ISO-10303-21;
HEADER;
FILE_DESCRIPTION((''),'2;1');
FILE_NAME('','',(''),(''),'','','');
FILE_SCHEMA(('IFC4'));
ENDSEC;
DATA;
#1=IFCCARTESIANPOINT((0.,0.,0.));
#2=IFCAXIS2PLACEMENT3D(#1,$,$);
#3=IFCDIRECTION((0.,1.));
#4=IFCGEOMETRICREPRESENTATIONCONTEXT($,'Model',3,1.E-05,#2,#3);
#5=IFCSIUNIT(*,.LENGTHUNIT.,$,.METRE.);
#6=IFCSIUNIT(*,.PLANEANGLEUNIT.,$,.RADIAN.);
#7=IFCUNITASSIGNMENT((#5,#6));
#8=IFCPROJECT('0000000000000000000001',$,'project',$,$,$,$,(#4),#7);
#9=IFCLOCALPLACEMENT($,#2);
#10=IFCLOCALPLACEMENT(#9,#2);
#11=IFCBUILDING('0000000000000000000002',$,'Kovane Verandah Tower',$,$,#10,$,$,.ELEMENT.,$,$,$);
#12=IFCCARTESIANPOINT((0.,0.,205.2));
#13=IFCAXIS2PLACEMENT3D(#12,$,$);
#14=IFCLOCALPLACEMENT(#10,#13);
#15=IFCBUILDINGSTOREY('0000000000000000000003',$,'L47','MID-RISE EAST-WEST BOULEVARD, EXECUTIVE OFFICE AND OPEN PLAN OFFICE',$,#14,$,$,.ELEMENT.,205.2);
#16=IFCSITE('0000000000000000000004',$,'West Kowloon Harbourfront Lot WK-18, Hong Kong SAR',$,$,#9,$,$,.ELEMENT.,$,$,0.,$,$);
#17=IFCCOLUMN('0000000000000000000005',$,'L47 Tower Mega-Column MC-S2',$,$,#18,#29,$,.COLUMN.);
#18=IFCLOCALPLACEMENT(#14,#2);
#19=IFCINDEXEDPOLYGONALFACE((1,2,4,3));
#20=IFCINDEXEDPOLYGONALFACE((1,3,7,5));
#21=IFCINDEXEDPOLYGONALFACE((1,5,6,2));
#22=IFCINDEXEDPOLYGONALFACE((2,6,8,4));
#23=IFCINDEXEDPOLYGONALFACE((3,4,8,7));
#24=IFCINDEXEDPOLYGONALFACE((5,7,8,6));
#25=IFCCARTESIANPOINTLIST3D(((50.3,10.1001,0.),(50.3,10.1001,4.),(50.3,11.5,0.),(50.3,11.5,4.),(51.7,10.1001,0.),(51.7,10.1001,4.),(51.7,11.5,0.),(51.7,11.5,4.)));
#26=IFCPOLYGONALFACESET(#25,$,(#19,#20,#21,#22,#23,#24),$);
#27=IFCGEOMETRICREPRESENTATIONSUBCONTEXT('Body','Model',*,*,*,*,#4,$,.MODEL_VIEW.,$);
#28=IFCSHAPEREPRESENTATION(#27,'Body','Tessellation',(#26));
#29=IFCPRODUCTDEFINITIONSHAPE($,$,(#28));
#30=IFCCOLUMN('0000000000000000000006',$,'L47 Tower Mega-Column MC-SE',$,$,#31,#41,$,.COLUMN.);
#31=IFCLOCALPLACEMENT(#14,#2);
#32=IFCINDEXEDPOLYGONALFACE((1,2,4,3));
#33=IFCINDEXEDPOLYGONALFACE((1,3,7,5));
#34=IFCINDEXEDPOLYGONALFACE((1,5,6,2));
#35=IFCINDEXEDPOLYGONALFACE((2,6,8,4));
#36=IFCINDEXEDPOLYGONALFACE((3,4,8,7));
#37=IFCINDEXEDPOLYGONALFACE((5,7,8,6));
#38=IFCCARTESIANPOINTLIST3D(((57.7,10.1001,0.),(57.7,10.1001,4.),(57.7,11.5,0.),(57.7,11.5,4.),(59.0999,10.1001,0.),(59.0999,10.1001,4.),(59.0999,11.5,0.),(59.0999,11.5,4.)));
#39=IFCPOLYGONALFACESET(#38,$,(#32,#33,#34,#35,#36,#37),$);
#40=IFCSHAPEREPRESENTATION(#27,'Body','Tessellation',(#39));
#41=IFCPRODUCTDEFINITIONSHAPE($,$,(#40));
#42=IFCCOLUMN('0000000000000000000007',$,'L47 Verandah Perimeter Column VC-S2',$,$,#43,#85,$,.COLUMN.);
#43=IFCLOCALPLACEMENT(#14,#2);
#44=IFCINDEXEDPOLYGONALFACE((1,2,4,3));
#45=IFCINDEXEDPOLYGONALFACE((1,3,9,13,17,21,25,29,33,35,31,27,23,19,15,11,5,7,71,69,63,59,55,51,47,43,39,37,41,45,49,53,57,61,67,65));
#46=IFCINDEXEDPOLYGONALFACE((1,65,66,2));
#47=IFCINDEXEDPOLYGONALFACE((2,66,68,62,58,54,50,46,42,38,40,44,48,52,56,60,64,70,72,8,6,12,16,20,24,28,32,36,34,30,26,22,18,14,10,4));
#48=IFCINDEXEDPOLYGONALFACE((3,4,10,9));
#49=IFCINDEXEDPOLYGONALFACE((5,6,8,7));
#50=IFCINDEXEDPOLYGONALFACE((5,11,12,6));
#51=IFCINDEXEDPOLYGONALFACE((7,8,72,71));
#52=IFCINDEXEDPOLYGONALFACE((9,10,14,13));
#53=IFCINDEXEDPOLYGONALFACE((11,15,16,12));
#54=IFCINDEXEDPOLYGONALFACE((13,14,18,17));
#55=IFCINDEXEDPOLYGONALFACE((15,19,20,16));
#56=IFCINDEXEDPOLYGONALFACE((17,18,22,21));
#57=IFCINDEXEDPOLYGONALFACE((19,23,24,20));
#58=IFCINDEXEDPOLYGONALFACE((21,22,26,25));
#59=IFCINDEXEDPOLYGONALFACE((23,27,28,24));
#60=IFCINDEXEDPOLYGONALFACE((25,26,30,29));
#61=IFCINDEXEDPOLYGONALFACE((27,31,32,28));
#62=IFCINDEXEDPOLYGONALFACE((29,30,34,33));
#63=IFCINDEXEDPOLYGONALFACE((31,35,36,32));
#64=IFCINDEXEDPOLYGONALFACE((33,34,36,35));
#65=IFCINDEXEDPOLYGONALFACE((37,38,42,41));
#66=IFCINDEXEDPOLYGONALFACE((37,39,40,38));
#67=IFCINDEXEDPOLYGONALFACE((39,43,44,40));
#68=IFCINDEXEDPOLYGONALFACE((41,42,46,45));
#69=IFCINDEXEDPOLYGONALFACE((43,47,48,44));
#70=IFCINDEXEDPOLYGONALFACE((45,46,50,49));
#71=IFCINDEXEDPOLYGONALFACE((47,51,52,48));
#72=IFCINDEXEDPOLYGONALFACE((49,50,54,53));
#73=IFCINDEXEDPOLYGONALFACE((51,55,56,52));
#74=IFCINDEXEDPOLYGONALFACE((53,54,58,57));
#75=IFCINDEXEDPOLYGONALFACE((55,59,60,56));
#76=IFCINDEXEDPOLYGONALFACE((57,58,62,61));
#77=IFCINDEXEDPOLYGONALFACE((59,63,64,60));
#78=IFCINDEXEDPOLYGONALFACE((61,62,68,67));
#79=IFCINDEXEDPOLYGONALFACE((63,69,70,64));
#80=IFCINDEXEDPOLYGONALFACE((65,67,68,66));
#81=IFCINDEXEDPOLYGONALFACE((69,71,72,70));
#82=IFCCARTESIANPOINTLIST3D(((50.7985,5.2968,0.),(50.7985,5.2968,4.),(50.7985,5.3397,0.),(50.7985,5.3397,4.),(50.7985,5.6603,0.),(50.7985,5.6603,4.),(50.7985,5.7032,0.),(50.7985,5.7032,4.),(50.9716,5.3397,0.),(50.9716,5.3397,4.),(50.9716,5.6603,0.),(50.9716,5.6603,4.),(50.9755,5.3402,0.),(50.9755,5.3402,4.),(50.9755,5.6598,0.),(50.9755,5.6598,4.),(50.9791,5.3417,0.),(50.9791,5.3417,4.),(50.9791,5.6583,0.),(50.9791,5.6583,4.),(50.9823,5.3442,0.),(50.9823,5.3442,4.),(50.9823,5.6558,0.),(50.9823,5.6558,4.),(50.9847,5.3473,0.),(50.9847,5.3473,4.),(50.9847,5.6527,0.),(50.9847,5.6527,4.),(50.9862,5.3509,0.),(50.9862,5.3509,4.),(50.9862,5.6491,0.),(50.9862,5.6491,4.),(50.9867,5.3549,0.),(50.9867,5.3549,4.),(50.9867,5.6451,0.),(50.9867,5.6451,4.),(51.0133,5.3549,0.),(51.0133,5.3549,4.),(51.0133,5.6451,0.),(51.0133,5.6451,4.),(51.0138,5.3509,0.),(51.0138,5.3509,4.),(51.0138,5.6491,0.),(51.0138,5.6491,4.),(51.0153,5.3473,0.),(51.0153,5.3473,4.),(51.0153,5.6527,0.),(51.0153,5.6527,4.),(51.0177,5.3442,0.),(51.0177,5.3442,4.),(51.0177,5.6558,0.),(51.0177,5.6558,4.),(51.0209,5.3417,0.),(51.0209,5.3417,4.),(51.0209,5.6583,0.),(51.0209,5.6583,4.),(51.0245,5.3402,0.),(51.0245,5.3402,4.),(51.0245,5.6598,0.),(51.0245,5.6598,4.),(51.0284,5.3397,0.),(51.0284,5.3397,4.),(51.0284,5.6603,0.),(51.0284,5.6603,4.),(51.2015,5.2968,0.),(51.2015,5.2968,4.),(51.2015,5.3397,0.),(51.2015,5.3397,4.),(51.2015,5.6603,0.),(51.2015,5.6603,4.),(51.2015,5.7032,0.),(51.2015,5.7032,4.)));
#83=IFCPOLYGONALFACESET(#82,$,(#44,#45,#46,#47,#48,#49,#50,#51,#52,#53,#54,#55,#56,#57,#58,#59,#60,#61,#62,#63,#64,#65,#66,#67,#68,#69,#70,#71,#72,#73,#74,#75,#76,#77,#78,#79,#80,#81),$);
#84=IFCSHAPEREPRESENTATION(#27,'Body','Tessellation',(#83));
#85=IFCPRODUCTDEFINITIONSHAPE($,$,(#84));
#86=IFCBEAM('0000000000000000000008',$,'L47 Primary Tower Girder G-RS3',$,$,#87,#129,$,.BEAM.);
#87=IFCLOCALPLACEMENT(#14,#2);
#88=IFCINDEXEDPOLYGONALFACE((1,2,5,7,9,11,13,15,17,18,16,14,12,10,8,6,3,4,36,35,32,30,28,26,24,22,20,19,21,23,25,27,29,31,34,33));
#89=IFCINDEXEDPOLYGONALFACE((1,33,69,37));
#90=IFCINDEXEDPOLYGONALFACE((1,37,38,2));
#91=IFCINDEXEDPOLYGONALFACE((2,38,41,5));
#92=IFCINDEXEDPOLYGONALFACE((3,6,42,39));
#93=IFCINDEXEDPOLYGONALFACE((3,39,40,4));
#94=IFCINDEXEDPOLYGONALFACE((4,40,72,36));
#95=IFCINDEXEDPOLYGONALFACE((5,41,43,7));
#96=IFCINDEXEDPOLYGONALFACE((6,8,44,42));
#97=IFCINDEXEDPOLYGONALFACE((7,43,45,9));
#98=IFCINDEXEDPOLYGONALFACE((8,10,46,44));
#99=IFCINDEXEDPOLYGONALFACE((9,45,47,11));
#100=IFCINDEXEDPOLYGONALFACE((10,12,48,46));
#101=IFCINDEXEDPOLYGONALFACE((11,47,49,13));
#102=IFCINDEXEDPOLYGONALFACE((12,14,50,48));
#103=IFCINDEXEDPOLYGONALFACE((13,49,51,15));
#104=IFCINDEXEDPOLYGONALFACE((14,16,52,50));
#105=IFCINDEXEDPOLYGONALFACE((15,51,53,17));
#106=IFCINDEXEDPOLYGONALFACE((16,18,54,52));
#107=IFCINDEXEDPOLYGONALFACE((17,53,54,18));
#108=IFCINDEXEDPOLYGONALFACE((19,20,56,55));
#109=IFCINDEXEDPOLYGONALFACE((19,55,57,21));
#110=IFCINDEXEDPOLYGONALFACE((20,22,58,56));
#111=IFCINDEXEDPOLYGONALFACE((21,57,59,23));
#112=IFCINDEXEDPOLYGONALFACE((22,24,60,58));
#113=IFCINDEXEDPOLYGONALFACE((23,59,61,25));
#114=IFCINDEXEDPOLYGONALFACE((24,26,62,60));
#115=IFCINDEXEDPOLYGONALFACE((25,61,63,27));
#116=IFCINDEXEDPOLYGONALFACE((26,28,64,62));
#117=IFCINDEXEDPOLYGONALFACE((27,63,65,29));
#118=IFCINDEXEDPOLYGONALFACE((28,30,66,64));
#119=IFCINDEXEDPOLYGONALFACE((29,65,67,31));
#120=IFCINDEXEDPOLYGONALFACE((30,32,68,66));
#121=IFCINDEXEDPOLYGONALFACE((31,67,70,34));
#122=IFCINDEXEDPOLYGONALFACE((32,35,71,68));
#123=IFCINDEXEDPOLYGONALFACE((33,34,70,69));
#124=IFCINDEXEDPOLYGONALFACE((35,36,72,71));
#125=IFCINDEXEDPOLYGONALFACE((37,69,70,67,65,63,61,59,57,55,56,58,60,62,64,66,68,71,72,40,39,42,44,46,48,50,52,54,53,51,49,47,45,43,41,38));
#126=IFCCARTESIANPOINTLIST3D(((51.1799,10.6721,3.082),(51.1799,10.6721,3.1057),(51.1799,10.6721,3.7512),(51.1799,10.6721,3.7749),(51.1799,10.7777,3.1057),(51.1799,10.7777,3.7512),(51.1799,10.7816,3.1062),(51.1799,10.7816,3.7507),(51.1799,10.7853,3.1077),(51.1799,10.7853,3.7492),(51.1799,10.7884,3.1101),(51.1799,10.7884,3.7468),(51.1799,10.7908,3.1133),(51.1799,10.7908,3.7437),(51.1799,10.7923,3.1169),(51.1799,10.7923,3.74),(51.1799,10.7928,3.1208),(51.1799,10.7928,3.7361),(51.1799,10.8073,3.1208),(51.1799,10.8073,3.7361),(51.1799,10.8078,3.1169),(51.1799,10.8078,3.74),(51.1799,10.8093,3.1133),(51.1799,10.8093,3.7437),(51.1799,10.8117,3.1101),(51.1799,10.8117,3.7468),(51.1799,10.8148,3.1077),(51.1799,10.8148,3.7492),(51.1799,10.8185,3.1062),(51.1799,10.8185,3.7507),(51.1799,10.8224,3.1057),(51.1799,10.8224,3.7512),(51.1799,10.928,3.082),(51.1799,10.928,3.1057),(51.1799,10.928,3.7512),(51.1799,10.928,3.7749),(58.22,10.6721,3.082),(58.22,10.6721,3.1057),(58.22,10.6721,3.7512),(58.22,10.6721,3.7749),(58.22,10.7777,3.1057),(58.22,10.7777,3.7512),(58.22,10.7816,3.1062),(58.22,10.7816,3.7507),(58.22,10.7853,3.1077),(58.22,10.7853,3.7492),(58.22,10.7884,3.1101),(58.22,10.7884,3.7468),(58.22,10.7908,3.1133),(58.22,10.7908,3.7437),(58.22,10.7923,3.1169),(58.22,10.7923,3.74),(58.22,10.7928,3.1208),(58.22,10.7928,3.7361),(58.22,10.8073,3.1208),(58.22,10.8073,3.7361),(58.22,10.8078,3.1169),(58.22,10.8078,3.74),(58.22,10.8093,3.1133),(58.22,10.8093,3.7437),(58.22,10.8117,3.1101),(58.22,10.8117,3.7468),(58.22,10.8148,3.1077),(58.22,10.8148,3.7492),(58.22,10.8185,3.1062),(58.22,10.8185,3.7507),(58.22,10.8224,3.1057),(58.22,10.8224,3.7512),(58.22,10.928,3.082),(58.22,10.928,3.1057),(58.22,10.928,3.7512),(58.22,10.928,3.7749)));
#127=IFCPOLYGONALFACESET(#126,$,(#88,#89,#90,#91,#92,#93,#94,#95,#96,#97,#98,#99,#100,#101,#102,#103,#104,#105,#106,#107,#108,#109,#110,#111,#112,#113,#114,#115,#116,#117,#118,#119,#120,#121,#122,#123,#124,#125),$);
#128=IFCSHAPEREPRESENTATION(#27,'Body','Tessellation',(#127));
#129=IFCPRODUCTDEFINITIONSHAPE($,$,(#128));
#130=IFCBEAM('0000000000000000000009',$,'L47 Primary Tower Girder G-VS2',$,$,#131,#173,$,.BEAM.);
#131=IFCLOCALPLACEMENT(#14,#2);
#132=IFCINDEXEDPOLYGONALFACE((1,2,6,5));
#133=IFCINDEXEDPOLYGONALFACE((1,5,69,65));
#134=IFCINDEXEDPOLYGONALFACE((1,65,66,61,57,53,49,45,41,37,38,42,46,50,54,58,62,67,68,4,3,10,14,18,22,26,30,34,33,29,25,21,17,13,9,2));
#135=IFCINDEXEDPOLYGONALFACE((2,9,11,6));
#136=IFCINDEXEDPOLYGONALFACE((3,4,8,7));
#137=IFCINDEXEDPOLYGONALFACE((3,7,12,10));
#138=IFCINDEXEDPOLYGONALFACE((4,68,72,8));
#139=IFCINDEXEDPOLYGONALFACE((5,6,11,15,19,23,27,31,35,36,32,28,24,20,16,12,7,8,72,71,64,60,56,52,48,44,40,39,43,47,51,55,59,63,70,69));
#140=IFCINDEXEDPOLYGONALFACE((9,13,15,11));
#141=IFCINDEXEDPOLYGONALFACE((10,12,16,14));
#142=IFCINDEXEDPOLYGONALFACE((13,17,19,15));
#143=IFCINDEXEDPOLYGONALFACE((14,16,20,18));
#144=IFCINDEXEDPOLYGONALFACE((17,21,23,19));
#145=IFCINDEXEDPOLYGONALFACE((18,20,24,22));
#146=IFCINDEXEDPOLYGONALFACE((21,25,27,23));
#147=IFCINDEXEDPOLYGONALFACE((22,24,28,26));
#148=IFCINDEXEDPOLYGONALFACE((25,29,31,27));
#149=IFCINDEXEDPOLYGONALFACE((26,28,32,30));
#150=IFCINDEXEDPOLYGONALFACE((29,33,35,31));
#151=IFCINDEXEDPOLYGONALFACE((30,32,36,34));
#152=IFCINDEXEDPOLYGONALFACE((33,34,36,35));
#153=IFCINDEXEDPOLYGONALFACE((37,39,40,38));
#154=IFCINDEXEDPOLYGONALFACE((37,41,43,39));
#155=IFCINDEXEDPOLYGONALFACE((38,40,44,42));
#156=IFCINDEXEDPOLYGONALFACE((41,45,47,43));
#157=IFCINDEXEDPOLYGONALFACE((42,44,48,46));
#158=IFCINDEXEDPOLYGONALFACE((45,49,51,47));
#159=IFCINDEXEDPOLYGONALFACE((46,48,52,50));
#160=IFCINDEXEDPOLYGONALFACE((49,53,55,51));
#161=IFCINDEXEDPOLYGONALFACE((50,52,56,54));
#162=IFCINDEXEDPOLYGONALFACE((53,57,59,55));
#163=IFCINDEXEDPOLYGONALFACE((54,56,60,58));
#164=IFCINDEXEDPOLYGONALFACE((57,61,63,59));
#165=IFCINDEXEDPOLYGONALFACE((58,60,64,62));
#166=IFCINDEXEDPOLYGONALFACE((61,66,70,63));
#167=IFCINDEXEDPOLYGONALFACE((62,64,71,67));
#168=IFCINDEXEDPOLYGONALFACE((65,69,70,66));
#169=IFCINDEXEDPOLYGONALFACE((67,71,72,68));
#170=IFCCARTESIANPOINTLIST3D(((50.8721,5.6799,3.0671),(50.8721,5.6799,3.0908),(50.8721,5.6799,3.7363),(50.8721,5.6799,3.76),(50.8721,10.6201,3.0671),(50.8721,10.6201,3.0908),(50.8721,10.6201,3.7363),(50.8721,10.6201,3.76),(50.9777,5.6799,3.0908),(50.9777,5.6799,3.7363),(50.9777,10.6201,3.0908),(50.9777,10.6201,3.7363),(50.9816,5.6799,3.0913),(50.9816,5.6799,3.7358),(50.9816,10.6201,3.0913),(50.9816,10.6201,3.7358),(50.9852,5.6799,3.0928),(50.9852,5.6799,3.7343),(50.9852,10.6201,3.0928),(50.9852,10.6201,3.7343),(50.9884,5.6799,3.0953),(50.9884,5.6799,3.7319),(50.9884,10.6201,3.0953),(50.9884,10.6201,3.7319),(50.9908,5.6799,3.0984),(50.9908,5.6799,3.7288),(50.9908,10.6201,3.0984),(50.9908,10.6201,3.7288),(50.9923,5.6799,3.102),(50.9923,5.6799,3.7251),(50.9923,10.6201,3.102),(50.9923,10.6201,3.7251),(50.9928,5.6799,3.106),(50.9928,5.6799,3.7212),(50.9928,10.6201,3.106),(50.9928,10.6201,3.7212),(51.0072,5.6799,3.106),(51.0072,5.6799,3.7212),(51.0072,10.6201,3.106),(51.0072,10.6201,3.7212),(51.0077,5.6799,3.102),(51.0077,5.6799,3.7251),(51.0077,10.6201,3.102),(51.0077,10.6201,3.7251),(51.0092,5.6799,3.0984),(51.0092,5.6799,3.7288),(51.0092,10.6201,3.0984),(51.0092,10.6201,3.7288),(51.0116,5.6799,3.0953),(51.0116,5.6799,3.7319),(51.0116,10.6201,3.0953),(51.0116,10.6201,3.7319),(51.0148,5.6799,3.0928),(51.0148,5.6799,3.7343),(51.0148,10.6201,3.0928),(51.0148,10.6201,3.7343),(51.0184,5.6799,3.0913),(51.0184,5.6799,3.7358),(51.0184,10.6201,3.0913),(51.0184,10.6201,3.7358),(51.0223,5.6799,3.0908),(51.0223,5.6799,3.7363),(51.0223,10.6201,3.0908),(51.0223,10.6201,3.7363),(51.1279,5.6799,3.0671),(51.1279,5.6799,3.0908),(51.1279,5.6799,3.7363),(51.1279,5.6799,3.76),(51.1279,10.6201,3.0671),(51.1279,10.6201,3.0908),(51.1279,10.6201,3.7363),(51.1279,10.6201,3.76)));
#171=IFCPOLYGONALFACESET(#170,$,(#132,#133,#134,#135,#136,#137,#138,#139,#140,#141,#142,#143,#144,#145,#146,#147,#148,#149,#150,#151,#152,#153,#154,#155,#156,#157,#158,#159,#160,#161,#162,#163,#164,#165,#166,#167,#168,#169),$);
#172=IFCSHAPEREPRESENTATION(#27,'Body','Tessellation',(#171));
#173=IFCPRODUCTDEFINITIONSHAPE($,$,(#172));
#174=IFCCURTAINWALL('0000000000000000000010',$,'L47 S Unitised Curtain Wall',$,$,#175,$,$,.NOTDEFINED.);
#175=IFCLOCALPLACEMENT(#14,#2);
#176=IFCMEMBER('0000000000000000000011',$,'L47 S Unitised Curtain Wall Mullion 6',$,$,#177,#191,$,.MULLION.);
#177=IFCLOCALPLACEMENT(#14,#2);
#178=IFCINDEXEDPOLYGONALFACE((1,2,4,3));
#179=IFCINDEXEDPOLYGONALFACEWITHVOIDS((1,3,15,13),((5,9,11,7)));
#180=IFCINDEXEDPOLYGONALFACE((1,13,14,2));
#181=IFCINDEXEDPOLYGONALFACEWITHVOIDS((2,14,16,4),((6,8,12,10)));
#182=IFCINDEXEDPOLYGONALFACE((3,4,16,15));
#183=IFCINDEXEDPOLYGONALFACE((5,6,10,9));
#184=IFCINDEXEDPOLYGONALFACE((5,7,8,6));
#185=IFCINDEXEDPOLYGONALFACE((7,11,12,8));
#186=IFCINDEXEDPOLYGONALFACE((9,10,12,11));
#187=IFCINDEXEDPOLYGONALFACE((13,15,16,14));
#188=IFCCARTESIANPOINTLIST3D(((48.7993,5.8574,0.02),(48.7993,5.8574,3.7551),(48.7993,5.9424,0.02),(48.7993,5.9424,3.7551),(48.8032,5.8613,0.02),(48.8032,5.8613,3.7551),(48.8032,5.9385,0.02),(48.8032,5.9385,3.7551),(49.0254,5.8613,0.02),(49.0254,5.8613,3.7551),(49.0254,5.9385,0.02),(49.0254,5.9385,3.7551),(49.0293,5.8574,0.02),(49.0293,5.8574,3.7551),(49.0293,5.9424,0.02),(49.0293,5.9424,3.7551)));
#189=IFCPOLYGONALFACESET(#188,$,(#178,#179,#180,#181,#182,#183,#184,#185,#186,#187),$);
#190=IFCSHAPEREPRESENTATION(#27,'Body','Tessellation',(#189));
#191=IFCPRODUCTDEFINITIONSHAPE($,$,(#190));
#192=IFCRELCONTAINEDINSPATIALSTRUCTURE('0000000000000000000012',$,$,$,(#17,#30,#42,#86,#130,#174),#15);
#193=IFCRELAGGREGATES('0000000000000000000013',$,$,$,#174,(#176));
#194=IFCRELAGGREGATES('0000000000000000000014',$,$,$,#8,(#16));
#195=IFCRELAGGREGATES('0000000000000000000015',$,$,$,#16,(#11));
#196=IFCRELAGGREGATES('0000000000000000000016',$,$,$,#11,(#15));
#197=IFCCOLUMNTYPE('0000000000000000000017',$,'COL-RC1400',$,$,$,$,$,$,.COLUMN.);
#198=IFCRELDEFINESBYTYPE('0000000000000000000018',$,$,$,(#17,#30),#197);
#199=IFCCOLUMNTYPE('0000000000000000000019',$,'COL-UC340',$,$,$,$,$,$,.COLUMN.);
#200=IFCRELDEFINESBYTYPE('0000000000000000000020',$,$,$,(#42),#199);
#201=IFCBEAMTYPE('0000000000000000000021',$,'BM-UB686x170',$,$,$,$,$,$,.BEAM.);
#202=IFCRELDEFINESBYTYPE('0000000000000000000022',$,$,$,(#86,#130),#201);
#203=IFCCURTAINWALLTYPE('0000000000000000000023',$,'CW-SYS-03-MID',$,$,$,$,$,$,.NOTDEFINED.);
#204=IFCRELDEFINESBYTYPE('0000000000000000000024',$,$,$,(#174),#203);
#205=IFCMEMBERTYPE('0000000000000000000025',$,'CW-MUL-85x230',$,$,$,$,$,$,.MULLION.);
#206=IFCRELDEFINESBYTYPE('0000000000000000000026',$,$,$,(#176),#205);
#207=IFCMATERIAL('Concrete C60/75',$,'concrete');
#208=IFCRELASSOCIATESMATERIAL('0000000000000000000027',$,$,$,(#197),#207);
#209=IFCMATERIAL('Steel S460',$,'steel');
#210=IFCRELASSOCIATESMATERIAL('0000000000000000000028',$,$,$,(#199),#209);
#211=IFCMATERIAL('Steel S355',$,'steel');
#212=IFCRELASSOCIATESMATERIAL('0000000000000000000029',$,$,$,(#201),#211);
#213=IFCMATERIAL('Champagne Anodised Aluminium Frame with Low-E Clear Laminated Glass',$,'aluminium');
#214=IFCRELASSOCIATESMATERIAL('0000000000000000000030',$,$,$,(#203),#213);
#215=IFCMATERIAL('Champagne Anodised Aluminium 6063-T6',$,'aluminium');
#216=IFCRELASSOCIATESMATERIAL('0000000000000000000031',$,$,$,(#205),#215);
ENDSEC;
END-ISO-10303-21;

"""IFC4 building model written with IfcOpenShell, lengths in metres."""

from ifc_helpers import new_model, si_unit, direction, frame, origin, origin_2d, place, context, subcontext, project, spatial, rectangle, hollow_rectangle, i_section, extrude, material, material_profile, profile_set, type_object, element, aggregate, save


model = new_model("IFC4")

# Units and contexts
model_context = context("Model", 3, precision=1e-05, world=origin(), true_north=direction((0.0, 1.0)))
body_context = subcontext(model_context, "Body", "Model", "MODEL_VIEW")
ifc_project = project(units=[si_unit("LENGTHUNIT", "METRE"), si_unit("PLANEANGLEUNIT", "RADIAN")], contexts=[model_context])

# Site, building, storey
site_placement = place(None, origin())
site = spatial("IfcSite", under=ifc_project, at=site_placement, Name="West Kowloon Harbourfront Lot WK-18, Hong Kong SAR", CompositionType="ELEMENT", RefElevation=0.0)
building_placement = place(site_placement, origin())
building = spatial("IfcBuilding", under=site, at=building_placement, Name="Kovane Verandah Tower", CompositionType="ELEMENT")
storey_placement = place(building_placement, frame((0.0, 0.0, 205.2)))
storey = spatial("IfcBuildingStorey", under=building, at=storey_placement, Name="L47", Description="MID-RISE EAST-WEST BOULEVARD, EXECUTIVE OFFICE AND OPEN PLAN OFFICE", CompositionType="ELEMENT", Elevation=205.2)

# Columns
ifc_material_1 = material(Name="Concrete C60/75", Category="concrete")
ifc_material_profile_1 = material_profile(ifc_material_1, rectangle(XDim=1.3999, YDim=1.3999, at=origin_2d()), Name="RC1400x1400")
ifc_profile_set_1 = profile_set([ifc_material_profile_1], Name="Concrete C60/75")
column_type_1 = type_object("IfcColumnType", Name="COL-RC1400", PredefinedType="COLUMN", material=ifc_profile_set_1)
for number, where, z_axis, x_axis, name in (
    (1, (51.0, 10.8, 0.0), (0.0, 0.0, 1.0), (1.0, 0.0, 0.0), "L47 Tower Mega-Column MC-S2"),
    (2, (58.3999, 10.8, 0.0), (0.0, 0.0, 1.0), (1.0, 0.0, 0.0), "L47 Tower Mega-Column MC-SE"),
):
    element("IfcColumn", number, at=place(storey_placement, frame(where, z_axis=z_axis, x_axis=x_axis)), inside=storey, type_object=column_type_1, Name=name, PredefinedType="COLUMN", context=body_context, shape_type="SweptSolid", body=[
        extrude(rectangle(XDim=1.3999, YDim=1.3999, at=origin_2d()), origin(), (0.0, 0.0, 1.0), 4.0),
    ])
ifc_material_2 = material(Name="Steel S460", Category="steel")
ifc_material_profile_2 = material_profile(ifc_material_2, i_section(OverallWidth=0.4031, OverallDepth=0.4065, WebThickness=0.0266, FlangeThickness=0.043, FilletRadius=0.0151, at=origin_2d()), Name="UC356x406x340")
ifc_profile_set_2 = profile_set([ifc_material_profile_2], Name="Steel S460")
column_type_2 = type_object("IfcColumnType", Name="COL-UC340", PredefinedType="COLUMN", material=ifc_profile_set_2)
column_placement = place(storey_placement, frame((51.0, 5.5, 0.0), z_axis=(0.0, 0.0, 1.0), x_axis=(1.0, 0.0, 0.0)))
element("IfcColumn", 3, at=column_placement, inside=storey, type_object=column_type_2, Name="L47 Verandah Perimeter Column VC-S2", PredefinedType="COLUMN", context=body_context, shape_type="SweptSolid", body=[
    extrude(i_section(OverallWidth=0.4031, OverallDepth=0.4065, WebThickness=0.0266, FlangeThickness=0.043, FilletRadius=0.0151, at=origin_2d()), origin(), (0.0, 0.0, 1.0), 4.0),
])

# Beams
ifc_material_3 = material(Name="Steel S355", Category="steel")
ifc_material_profile_3 = material_profile(ifc_material_3, i_section(OverallWidth=0.2559, OverallDepth=0.6929, WebThickness=0.0144, FlangeThickness=0.0237, FilletRadius=0.0151, at=origin_2d()), Name="UB686x254x170")
ifc_profile_set_3 = profile_set([ifc_material_profile_3], Name="Steel S355")
beam_type = type_object("IfcBeamType", Name="BM-UB686x170", PredefinedType="BEAM", material=ifc_profile_set_3)
beam_1_placement = place(storey_placement, frame((51.1799, 10.8, 3.4285), z_axis=(1.0, 0.0, 0.0), x_axis=(0.0, 1.0, 0.0)))
element("IfcBeam", 4, at=beam_1_placement, inside=storey, type_object=beam_type, Name="L47 Primary Tower Girder G-RS3", PredefinedType="BEAM", context=body_context, shape_type="SweptSolid", body=[
    extrude(i_section(OverallWidth=0.2559, OverallDepth=0.6929, WebThickness=0.0144, FlangeThickness=0.0237, FilletRadius=0.0151, at=origin_2d()), origin(), (0.0, 0.0, 1.0), 7.04),
])
beam_2_placement = place(storey_placement, frame((51.0, 10.6201, 3.4136), z_axis=(0.0, -1.0, 0.0), x_axis=(1.0, 0.0, 0.0)))
element("IfcBeam", 5, at=beam_2_placement, inside=storey, type_object=beam_type, Name="L47 Primary Tower Girder G-VS2", PredefinedType="BEAM", context=body_context, shape_type="SweptSolid", body=[
    extrude(i_section(OverallWidth=0.2559, OverallDepth=0.6929, WebThickness=0.0144, FlangeThickness=0.0237, FilletRadius=0.0151, at=origin_2d()), origin(), (0.0, 0.0, 1.0), 4.9402),
])

# Curtain wall, member
ifc_material_4 = material(Name="Champagne Anodised Aluminium Frame with Low-E Clear Laminated Glass", Category="aluminium")
curtain_wall_type = type_object("IfcCurtainWallType", Name="CW-SYS-03-MID", PredefinedType="NOTDEFINED", material=ifc_material_4)
curtain_wall_placement = place(storey_placement, origin())
curtain_wall = element("IfcCurtainWall", 6, at=curtain_wall_placement, inside=storey, type_object=curtain_wall_type, Name="L47 S Unitised Curtain Wall", PredefinedType="NOTDEFINED")
ifc_material_5 = material(Name="Champagne Anodised Aluminium 6063-T6", Category="aluminium")
ifc_material_profile_4 = material_profile(ifc_material_5, hollow_rectangle(XDim=0.085, YDim=0.23, WallThickness=0.0039, at=origin_2d()), Name="AL85x230x4")
ifc_profile_set_4 = profile_set([ifc_material_profile_4], Name="Champagne Anodised Aluminium 6063-T6")
member_type_1 = type_object("IfcMemberType", Name="CW-MUL-85x230", PredefinedType="MULLION", material=ifc_profile_set_4)
member_1_placement = place(storey_placement, frame((48.9143, 5.8999, 0.02), z_axis=(0.0, 0.0, 1.0), x_axis=(0.0, -1.0, 0.0)))
member_1 = element("IfcMember", 7, at=member_1_placement, type_object=member_type_1, Name="L47 S Unitised Curtain Wall Mullion 6", PredefinedType="MULLION", context=body_context, shape_type="SweptSolid", body=[
    extrude(hollow_rectangle(XDim=0.085, YDim=0.23, WallThickness=0.0039, at=origin_2d()), origin(), (0.0, 0.0, 1.0), 3.7351),
])
aggregate(curtain_wall, [member_1])

save(model, "model.ifc")
